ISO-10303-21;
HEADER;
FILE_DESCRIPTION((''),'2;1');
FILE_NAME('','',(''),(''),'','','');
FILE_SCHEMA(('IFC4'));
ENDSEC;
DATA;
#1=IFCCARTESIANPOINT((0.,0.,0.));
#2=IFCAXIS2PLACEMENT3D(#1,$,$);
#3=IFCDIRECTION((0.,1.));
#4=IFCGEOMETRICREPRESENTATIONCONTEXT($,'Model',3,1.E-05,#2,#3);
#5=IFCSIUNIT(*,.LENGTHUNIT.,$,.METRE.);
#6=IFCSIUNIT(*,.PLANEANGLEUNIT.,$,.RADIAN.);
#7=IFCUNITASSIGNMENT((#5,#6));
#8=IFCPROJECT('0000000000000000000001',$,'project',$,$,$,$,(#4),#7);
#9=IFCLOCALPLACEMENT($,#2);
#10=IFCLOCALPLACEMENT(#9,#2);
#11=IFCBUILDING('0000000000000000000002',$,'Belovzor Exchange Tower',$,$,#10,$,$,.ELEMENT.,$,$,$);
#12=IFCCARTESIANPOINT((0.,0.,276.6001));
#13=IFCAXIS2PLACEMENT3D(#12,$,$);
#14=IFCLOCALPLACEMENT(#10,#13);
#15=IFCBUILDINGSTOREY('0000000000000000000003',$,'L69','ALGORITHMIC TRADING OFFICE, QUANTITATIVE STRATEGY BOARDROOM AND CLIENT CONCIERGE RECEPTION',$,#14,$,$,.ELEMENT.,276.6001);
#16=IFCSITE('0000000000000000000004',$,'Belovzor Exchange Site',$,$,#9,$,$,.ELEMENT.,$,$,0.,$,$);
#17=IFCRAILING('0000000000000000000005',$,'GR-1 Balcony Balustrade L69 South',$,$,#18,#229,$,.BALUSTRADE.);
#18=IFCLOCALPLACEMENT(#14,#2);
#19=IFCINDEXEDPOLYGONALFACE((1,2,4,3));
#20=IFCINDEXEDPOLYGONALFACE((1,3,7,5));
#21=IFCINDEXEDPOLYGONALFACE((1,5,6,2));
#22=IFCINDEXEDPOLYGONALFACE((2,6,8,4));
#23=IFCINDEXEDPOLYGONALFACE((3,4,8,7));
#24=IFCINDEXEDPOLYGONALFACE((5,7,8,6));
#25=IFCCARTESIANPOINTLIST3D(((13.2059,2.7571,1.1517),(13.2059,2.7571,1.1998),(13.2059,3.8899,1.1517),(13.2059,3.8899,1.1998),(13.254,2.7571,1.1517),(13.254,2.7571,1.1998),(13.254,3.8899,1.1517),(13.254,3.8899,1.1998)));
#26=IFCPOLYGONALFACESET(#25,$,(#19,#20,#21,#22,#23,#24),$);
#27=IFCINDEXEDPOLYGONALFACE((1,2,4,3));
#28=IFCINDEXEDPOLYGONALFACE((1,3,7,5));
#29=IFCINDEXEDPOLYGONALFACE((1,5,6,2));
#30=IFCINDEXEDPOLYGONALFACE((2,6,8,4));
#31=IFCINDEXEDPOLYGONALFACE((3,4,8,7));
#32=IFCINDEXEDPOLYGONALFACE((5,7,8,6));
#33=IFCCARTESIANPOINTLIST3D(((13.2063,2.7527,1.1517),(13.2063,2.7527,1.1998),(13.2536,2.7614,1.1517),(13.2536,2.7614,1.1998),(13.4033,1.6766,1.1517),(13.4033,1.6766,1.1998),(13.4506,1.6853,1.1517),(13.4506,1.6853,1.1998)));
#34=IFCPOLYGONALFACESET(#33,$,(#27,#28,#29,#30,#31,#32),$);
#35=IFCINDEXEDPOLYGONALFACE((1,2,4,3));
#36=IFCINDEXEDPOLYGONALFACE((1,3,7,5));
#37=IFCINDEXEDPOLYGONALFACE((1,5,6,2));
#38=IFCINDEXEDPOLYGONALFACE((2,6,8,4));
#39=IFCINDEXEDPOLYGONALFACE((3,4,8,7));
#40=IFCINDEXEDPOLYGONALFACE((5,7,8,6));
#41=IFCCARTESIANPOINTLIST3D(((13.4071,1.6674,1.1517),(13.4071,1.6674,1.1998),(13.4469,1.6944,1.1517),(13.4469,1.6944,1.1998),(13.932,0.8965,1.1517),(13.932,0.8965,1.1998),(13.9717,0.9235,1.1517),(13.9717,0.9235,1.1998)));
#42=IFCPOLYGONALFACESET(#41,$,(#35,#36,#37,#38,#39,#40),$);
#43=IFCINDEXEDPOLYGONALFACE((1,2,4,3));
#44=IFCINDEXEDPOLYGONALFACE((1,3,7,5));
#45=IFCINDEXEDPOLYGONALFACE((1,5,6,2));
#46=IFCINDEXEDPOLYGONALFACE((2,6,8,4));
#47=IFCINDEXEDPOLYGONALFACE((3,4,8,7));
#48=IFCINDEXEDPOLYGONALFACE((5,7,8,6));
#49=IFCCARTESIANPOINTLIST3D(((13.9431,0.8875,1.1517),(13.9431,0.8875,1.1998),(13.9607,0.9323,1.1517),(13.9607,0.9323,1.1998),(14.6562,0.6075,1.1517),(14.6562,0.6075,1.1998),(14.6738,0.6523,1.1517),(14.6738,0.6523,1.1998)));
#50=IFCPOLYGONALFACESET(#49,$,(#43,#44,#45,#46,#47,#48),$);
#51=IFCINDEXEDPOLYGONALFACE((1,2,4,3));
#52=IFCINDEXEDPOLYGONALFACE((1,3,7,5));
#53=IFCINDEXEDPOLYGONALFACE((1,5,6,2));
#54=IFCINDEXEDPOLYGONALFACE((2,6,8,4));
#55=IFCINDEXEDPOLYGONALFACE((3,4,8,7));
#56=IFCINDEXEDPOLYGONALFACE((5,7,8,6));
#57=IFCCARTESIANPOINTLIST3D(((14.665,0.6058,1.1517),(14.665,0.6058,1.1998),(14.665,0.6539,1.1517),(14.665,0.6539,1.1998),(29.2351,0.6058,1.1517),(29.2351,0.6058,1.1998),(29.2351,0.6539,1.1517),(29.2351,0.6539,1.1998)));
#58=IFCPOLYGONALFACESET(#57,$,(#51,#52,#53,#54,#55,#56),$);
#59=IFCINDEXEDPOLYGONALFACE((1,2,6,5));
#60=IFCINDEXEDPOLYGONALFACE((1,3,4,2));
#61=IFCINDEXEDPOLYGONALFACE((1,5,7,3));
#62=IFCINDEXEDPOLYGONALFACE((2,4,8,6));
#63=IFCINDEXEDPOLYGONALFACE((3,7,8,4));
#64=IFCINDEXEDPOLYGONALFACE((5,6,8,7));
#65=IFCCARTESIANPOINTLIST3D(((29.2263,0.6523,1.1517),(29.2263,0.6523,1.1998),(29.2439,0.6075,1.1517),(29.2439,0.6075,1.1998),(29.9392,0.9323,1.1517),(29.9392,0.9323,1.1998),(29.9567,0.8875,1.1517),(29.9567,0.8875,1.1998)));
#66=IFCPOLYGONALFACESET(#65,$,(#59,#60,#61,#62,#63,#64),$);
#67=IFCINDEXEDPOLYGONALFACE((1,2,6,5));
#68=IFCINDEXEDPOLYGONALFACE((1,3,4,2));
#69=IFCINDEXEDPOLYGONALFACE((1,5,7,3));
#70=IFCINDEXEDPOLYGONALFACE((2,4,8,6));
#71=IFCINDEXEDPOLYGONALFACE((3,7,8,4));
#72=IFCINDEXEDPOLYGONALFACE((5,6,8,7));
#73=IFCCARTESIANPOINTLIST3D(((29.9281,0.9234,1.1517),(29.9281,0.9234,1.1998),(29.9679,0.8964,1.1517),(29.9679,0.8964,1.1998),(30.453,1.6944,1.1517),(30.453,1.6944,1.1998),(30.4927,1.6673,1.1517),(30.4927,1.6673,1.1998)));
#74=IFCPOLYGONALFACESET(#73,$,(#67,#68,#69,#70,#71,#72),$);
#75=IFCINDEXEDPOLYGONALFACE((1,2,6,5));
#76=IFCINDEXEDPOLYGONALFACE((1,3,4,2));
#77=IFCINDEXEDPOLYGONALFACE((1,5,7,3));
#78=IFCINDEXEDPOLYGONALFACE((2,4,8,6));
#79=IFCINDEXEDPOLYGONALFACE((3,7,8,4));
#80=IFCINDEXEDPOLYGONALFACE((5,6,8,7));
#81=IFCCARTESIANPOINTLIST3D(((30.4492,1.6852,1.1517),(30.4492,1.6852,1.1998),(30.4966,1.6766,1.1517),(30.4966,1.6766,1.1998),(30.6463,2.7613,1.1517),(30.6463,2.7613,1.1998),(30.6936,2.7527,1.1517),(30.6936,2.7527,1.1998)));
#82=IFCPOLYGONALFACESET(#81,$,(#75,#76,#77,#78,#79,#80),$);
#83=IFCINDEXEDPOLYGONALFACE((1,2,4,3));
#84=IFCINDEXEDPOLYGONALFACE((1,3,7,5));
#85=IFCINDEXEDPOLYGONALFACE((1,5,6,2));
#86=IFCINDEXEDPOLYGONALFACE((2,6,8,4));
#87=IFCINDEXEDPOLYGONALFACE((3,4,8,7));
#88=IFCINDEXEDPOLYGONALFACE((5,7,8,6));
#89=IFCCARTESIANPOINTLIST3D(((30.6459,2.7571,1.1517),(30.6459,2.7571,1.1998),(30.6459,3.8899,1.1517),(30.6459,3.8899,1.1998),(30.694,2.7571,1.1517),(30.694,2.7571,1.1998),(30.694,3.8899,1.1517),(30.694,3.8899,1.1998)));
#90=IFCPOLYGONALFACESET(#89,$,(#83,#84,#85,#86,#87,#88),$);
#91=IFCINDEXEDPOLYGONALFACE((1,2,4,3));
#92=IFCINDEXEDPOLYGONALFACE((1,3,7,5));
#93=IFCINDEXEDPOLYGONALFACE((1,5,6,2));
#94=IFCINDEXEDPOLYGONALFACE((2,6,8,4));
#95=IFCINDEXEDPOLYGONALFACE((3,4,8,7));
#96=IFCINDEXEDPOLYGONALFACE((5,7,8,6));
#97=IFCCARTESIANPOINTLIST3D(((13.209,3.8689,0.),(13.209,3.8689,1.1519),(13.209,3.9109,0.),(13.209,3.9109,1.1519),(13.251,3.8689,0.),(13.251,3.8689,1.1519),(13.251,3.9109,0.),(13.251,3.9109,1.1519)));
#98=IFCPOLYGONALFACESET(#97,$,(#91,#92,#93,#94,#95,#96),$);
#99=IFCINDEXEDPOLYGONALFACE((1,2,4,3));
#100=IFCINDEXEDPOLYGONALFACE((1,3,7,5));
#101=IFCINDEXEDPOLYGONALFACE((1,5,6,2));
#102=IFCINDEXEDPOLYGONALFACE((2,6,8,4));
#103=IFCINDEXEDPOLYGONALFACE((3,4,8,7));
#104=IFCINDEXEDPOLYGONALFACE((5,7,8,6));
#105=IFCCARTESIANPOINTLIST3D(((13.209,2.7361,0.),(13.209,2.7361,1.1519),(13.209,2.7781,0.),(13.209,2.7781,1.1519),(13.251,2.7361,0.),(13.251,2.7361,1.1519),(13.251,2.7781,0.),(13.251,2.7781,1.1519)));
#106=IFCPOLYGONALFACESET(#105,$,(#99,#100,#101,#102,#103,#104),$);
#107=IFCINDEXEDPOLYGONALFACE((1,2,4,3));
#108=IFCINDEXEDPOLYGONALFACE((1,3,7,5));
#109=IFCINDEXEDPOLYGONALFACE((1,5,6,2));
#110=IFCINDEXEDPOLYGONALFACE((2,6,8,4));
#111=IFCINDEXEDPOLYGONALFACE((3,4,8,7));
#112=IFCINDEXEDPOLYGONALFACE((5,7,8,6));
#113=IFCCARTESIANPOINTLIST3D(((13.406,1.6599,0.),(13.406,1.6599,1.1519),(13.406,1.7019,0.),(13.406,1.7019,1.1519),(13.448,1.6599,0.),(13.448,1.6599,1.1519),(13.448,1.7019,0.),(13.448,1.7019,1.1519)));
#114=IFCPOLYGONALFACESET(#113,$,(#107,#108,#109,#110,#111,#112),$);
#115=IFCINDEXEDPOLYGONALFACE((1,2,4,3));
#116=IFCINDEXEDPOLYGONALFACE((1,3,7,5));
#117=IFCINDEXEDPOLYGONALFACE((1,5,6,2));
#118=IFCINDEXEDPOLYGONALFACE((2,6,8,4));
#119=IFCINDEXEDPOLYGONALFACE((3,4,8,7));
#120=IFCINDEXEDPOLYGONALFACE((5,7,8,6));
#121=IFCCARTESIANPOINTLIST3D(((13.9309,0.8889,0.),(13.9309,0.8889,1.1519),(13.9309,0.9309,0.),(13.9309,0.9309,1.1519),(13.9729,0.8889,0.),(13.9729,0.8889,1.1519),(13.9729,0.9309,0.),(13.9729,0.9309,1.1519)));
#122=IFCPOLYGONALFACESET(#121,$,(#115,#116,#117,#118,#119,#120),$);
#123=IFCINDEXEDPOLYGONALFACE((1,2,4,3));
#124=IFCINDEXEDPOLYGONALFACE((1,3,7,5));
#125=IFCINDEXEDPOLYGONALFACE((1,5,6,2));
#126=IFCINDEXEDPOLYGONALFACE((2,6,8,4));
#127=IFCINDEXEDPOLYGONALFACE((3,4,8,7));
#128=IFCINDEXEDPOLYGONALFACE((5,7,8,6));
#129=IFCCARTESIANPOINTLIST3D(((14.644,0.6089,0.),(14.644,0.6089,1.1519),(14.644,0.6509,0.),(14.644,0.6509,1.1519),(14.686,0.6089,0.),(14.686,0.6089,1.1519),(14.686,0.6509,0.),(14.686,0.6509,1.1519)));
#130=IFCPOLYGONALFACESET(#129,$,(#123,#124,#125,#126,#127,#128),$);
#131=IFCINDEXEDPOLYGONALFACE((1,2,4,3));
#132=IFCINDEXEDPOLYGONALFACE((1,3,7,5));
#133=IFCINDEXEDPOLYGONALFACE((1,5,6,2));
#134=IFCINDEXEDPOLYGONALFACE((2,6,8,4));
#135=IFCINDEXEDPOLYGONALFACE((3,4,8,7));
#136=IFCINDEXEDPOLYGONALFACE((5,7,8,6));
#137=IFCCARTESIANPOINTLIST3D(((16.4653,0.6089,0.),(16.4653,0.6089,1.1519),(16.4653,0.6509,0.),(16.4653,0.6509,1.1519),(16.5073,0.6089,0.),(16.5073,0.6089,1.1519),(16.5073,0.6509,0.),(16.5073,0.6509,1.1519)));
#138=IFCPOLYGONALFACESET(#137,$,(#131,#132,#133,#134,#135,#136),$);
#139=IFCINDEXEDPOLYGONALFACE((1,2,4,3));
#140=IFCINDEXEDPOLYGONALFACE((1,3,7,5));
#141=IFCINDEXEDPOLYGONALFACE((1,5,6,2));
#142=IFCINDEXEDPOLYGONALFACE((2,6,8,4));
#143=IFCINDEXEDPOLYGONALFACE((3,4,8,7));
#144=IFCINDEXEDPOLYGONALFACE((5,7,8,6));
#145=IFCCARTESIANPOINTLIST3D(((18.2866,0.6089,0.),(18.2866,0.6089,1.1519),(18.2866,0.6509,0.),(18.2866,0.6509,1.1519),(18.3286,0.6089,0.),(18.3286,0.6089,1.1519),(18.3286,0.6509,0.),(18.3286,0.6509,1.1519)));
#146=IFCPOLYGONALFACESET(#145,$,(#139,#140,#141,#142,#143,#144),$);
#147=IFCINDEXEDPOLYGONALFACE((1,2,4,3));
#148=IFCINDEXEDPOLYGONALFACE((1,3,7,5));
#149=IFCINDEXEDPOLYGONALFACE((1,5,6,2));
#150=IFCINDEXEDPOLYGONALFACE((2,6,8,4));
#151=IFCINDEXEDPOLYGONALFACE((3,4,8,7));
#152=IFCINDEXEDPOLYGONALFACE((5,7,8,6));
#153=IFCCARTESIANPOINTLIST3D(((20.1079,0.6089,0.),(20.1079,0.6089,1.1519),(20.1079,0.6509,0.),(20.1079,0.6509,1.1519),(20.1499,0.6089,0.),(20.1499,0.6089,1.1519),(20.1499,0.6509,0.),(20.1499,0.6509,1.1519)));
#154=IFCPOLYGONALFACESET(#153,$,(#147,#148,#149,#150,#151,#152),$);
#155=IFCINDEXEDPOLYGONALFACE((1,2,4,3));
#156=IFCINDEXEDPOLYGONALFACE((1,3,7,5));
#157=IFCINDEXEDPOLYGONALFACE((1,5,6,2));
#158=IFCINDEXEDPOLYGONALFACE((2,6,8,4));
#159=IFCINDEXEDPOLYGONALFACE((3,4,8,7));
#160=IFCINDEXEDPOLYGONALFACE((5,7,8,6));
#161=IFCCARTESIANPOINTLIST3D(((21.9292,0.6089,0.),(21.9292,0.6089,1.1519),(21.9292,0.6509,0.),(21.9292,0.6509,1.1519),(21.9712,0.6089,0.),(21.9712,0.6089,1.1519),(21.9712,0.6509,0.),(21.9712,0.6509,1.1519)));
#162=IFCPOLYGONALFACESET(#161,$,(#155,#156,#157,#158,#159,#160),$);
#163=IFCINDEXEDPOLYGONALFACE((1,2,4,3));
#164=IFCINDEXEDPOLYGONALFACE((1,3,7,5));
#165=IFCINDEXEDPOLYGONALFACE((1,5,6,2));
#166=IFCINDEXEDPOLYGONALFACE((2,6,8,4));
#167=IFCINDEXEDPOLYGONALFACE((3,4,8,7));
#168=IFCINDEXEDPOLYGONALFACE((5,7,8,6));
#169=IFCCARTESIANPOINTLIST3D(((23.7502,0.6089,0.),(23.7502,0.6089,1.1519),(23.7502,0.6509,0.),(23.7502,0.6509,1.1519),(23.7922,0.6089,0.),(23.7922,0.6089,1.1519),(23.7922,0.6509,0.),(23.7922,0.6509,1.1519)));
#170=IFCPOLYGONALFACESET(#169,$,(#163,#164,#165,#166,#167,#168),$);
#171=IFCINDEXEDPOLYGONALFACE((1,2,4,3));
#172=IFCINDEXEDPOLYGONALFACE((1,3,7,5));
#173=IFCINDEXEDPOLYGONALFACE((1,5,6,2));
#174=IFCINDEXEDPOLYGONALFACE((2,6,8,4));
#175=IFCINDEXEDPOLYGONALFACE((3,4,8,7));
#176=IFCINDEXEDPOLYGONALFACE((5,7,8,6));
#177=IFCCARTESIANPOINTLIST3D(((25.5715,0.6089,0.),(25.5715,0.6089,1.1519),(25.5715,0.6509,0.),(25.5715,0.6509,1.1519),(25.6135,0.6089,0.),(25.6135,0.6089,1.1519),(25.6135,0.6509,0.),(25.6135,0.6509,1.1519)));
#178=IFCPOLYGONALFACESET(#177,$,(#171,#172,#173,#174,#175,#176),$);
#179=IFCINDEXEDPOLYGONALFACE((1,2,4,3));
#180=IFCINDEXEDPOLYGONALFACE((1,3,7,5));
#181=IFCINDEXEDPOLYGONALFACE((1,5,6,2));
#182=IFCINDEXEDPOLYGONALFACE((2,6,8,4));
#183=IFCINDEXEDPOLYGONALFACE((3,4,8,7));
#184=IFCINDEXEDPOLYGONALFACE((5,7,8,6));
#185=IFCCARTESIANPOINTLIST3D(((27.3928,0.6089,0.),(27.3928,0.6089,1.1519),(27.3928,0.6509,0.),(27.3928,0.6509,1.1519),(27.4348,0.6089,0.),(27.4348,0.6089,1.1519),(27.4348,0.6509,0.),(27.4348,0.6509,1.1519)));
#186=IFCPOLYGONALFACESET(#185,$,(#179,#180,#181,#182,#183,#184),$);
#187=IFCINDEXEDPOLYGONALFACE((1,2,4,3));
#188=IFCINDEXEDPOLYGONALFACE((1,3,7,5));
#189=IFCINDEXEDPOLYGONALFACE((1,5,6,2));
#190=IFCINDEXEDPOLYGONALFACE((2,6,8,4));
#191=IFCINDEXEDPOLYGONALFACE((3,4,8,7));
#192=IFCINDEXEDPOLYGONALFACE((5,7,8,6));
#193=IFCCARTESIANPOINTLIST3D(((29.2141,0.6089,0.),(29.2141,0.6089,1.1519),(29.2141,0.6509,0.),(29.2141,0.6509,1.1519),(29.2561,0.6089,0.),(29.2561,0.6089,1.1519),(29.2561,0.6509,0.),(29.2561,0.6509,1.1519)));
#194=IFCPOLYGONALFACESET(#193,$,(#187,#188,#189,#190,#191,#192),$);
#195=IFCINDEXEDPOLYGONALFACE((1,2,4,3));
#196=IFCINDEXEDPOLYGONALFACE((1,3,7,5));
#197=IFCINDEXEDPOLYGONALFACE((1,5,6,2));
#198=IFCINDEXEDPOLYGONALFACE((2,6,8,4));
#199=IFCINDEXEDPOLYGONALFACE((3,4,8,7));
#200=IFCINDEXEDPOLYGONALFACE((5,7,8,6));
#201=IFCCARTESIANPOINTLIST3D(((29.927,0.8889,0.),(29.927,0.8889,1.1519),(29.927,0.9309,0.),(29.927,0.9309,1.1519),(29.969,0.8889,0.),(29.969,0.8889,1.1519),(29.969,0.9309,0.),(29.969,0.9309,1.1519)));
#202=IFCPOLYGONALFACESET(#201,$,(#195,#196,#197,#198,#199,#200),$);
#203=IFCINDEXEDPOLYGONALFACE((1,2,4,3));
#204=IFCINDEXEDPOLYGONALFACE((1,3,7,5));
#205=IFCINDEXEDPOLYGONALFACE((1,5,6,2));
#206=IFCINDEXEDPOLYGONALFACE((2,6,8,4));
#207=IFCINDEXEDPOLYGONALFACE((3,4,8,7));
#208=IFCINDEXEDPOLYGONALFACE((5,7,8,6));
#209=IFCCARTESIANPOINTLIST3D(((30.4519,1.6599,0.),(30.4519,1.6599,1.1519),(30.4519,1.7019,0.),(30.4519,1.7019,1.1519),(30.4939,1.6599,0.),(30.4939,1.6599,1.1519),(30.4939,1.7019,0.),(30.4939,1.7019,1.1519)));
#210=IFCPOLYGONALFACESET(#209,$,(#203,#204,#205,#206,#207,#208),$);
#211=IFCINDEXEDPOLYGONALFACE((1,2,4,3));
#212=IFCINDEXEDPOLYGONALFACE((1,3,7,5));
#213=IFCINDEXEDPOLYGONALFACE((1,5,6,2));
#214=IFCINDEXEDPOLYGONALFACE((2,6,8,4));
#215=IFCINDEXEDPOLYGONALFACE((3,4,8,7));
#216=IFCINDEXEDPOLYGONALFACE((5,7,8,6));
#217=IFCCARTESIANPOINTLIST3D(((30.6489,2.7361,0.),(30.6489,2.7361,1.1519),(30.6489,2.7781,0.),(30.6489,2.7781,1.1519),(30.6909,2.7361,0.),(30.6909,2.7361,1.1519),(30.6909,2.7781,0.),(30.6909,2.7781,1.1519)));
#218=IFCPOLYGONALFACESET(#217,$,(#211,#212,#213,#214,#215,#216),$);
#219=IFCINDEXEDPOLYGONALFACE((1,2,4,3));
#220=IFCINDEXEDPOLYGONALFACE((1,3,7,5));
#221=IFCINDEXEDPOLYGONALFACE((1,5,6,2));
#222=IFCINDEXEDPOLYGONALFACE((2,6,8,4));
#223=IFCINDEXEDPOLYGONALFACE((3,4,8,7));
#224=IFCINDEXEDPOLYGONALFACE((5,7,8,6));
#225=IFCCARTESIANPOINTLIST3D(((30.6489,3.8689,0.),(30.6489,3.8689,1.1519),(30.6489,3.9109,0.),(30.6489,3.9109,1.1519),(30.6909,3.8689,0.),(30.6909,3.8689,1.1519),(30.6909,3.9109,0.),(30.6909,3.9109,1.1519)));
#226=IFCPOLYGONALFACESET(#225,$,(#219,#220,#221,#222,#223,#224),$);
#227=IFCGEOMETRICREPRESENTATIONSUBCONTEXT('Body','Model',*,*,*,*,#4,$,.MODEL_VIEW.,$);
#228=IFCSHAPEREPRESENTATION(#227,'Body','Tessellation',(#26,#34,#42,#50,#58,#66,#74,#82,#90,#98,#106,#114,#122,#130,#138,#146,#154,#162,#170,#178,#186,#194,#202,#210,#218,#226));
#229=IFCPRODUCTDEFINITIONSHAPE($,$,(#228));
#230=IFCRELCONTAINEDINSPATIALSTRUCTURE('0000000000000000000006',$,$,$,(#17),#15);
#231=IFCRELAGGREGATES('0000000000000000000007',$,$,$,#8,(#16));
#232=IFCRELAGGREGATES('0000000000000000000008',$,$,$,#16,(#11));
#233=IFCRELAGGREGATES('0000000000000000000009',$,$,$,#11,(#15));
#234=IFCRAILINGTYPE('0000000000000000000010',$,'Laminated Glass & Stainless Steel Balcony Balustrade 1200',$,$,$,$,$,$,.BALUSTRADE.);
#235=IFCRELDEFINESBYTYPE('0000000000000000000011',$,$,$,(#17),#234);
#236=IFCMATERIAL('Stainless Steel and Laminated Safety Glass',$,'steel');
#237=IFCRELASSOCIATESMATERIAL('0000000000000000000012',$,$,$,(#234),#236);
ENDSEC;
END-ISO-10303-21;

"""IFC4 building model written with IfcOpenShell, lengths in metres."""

from ifc_helpers import new_model, si_unit, direction, frame, origin, origin_2d, place, context, subcontext, project, spatial, rectangle, extrude, material, type_object, element, save


model = new_model("IFC4")

# Units and contexts
model_context = context("Model", 3, precision=1e-05, world=origin(), true_north=direction((0.0, 1.0)))
body_context = subcontext(model_context, "Body", "Model", "MODEL_VIEW")
ifc_project = project(units=[si_unit("LENGTHUNIT", "METRE"), si_unit("PLANEANGLEUNIT", "RADIAN")], contexts=[model_context])

# Site, building, storey
site_placement = place(None, origin())
site = spatial("IfcSite", under=ifc_project, at=site_placement, Name="Belovzor Exchange Site", CompositionType="ELEMENT", RefElevation=0.0)
building_placement = place(site_placement, origin())
building = spatial("IfcBuilding", under=site, at=building_placement, Name="Belovzor Exchange Tower", CompositionType="ELEMENT")
storey_placement = place(building_placement, frame((0.0, 0.0, 276.6001)))
storey = spatial("IfcBuildingStorey", under=building, at=storey_placement, Name="L69", Description="ALGORITHMIC TRADING OFFICE, QUANTITATIVE STRATEGY BOARDROOM AND CLIENT CONCIERGE RECEPTION", CompositionType="ELEMENT", Elevation=276.6001)

# Railing
ifc_material_1 = material(Name="Stainless Steel and Laminated Safety Glass", Category="steel")
railing_type = type_object("IfcRailingType", Name="Laminated Glass & Stainless Steel Balcony Balustrade 1200", PredefinedType="BALUSTRADE", material=ifc_material_1)
railing_placement = place(storey_placement, frame((13.23, 3.8899, 0.0)))
element("IfcRailing", 1, at=railing_placement, inside=storey, type_object=railing_type, Name="GR-1 Balcony Balustrade L69 South", PredefinedType="BALUSTRADE", context=body_context, shape_type="SweptSolid", body=[
    extrude(rectangle(XDim=0.0481, YDim=0.0481, at=origin_2d()), frame((0.0, 0.0, 1.1758), z_axis=(0.0, -1.0, 0.0), x_axis=(1.0, 0.0, 0.0)), (0.0, 0.0, 1.0), 1.1328),
    extrude(rectangle(XDim=0.0481, YDim=0.0481, at=origin_2d()), frame((0.0, -1.1328, 1.1758), z_axis=(0.180083, -0.983651, 0.0), x_axis=(0.983651, 0.180083, 0.0)), (0.0, 0.0, 1.0), 1.094),
    extrude(rectangle(XDim=0.0481, YDim=0.0481, at=origin_2d()), frame((0.197, -2.209, 1.1758), z_axis=(0.562768, -0.826615, 0.0), x_axis=(0.826615, 0.562768, 0.0)), (0.0, 0.0, 1.0), 0.9326),
    extrude(rectangle(XDim=0.0481, YDim=0.0481, at=origin_2d()), frame((0.7219, -2.98, 1.1758), z_axis=(0.93081, -0.365504, 0.0), x_axis=(0.365504, 0.93081, 0.0)), (0.0, 0.0, 1.0), 0.7661),
    extrude(rectangle(XDim=0.0481, YDim=0.0481, at=origin_2d()), frame((1.4351, -3.26, 1.1758), z_axis=(1.0, 0.0, 0.0), x_axis=(0.0, 1.0, 0.0)), (0.0, 0.0, 1.0), 14.5701),
    extrude(rectangle(XDim=0.0481, YDim=0.0481, at=origin_2d()), frame((16.0051, -3.26, 1.1758), z_axis=(0.930767, 0.365613, 0.0), x_axis=(-0.365613, 0.930767, 0.0)), (0.0, 0.0, 1.0), 0.7659),
    extrude(rectangle(XDim=0.0481, YDim=0.0481, at=origin_2d()), frame((16.718, -2.98, 1.1758), z_axis=(0.562768, 0.826615, 0.0), x_axis=(-0.826615, 0.562768, 0.0)), (0.0, 0.0, 1.0), 0.9326),
    extrude(rectangle(XDim=0.0481, YDim=0.0481, at=origin_2d()), frame((17.2429, -2.209, 1.1758), z_axis=(0.180083, 0.983651, 0.0), x_axis=(-0.983651, 0.180083, 0.0)), (0.0, 0.0, 1.0), 1.094),
    extrude(rectangle(XDim=0.0481, YDim=0.0481, at=origin_2d()), frame((17.4399, -1.1328, 1.1758), z_axis=(0.0, 1.0, 0.0), x_axis=(-1.0, 0.0, 0.0)), (0.0, 0.0, 1.0), 1.1328),
    extrude(rectangle(XDim=0.042, YDim=0.042, at=origin_2d()), origin(), (0.0, 0.0, 1.0), 1.1519),
    extrude(rectangle(XDim=0.042, YDim=0.042, at=origin_2d()), frame((0.0, -1.1328, 0.0)), (0.0, 0.0, 1.0), 1.1519),
    extrude(rectangle(XDim=0.042, YDim=0.042, at=origin_2d()), frame((0.197, -2.209, 0.0)), (0.0, 0.0, 1.0), 1.1519),
    extrude(rectangle(XDim=0.042, YDim=0.042, at=origin_2d()), frame((0.7219, -2.98, 0.0)), (0.0, 0.0, 1.0), 1.1519),
    extrude(rectangle(XDim=0.042, YDim=0.042, at=origin_2d()), frame((1.4351, -3.26, 0.0)), (0.0, 0.0, 1.0), 1.1519),
    extrude(rectangle(XDim=0.042, YDim=0.042, at=origin_2d()), frame((3.2563, -3.26, 0.0)), (0.0, 0.0, 1.0), 1.1519),
    extrude(rectangle(XDim=0.042, YDim=0.042, at=origin_2d()), frame((5.0776, -3.26, 0.0)), (0.0, 0.0, 1.0), 1.1519),
    extrude(rectangle(XDim=0.042, YDim=0.042, at=origin_2d()), frame((6.8989, -3.26, 0.0)), (0.0, 0.0, 1.0), 1.1519),
    extrude(rectangle(XDim=0.042, YDim=0.042, at=origin_2d()), frame((8.7202, -3.26, 0.0)), (0.0, 0.0, 1.0), 1.1519),
    extrude(rectangle(XDim=0.042, YDim=0.042, at=origin_2d()), frame((10.5413, -3.26, 0.0)), (0.0, 0.0, 1.0), 1.1519),
    extrude(rectangle(XDim=0.042, YDim=0.042, at=origin_2d()), frame((12.3625, -3.26, 0.0)), (0.0, 0.0, 1.0), 1.1519),
    extrude(rectangle(XDim=0.042, YDim=0.042, at=origin_2d()), frame((14.1838, -3.26, 0.0)), (0.0, 0.0, 1.0), 1.1519),
    extrude(rectangle(XDim=0.042, YDim=0.042, at=origin_2d()), frame((16.0051, -3.26, 0.0)), (0.0, 0.0, 1.0), 1.1519),
    extrude(rectangle(XDim=0.042, YDim=0.042, at=origin_2d()), frame((16.718, -2.98, 0.0)), (0.0, 0.0, 1.0), 1.1519),
    extrude(rectangle(XDim=0.042, YDim=0.042, at=origin_2d()), frame((17.2429, -2.209, 0.0)), (0.0, 0.0, 1.0), 1.1519),
    extrude(rectangle(XDim=0.042, YDim=0.042, at=origin_2d()), frame((17.4399, -1.1328, 0.0)), (0.0, 0.0, 1.0), 1.1519),
    extrude(rectangle(XDim=0.042, YDim=0.042, at=origin_2d()), frame((17.4399, 0.0, 0.0)), (0.0, 0.0, 1.0), 1.1519),
])

save(model, "model.ifc")
